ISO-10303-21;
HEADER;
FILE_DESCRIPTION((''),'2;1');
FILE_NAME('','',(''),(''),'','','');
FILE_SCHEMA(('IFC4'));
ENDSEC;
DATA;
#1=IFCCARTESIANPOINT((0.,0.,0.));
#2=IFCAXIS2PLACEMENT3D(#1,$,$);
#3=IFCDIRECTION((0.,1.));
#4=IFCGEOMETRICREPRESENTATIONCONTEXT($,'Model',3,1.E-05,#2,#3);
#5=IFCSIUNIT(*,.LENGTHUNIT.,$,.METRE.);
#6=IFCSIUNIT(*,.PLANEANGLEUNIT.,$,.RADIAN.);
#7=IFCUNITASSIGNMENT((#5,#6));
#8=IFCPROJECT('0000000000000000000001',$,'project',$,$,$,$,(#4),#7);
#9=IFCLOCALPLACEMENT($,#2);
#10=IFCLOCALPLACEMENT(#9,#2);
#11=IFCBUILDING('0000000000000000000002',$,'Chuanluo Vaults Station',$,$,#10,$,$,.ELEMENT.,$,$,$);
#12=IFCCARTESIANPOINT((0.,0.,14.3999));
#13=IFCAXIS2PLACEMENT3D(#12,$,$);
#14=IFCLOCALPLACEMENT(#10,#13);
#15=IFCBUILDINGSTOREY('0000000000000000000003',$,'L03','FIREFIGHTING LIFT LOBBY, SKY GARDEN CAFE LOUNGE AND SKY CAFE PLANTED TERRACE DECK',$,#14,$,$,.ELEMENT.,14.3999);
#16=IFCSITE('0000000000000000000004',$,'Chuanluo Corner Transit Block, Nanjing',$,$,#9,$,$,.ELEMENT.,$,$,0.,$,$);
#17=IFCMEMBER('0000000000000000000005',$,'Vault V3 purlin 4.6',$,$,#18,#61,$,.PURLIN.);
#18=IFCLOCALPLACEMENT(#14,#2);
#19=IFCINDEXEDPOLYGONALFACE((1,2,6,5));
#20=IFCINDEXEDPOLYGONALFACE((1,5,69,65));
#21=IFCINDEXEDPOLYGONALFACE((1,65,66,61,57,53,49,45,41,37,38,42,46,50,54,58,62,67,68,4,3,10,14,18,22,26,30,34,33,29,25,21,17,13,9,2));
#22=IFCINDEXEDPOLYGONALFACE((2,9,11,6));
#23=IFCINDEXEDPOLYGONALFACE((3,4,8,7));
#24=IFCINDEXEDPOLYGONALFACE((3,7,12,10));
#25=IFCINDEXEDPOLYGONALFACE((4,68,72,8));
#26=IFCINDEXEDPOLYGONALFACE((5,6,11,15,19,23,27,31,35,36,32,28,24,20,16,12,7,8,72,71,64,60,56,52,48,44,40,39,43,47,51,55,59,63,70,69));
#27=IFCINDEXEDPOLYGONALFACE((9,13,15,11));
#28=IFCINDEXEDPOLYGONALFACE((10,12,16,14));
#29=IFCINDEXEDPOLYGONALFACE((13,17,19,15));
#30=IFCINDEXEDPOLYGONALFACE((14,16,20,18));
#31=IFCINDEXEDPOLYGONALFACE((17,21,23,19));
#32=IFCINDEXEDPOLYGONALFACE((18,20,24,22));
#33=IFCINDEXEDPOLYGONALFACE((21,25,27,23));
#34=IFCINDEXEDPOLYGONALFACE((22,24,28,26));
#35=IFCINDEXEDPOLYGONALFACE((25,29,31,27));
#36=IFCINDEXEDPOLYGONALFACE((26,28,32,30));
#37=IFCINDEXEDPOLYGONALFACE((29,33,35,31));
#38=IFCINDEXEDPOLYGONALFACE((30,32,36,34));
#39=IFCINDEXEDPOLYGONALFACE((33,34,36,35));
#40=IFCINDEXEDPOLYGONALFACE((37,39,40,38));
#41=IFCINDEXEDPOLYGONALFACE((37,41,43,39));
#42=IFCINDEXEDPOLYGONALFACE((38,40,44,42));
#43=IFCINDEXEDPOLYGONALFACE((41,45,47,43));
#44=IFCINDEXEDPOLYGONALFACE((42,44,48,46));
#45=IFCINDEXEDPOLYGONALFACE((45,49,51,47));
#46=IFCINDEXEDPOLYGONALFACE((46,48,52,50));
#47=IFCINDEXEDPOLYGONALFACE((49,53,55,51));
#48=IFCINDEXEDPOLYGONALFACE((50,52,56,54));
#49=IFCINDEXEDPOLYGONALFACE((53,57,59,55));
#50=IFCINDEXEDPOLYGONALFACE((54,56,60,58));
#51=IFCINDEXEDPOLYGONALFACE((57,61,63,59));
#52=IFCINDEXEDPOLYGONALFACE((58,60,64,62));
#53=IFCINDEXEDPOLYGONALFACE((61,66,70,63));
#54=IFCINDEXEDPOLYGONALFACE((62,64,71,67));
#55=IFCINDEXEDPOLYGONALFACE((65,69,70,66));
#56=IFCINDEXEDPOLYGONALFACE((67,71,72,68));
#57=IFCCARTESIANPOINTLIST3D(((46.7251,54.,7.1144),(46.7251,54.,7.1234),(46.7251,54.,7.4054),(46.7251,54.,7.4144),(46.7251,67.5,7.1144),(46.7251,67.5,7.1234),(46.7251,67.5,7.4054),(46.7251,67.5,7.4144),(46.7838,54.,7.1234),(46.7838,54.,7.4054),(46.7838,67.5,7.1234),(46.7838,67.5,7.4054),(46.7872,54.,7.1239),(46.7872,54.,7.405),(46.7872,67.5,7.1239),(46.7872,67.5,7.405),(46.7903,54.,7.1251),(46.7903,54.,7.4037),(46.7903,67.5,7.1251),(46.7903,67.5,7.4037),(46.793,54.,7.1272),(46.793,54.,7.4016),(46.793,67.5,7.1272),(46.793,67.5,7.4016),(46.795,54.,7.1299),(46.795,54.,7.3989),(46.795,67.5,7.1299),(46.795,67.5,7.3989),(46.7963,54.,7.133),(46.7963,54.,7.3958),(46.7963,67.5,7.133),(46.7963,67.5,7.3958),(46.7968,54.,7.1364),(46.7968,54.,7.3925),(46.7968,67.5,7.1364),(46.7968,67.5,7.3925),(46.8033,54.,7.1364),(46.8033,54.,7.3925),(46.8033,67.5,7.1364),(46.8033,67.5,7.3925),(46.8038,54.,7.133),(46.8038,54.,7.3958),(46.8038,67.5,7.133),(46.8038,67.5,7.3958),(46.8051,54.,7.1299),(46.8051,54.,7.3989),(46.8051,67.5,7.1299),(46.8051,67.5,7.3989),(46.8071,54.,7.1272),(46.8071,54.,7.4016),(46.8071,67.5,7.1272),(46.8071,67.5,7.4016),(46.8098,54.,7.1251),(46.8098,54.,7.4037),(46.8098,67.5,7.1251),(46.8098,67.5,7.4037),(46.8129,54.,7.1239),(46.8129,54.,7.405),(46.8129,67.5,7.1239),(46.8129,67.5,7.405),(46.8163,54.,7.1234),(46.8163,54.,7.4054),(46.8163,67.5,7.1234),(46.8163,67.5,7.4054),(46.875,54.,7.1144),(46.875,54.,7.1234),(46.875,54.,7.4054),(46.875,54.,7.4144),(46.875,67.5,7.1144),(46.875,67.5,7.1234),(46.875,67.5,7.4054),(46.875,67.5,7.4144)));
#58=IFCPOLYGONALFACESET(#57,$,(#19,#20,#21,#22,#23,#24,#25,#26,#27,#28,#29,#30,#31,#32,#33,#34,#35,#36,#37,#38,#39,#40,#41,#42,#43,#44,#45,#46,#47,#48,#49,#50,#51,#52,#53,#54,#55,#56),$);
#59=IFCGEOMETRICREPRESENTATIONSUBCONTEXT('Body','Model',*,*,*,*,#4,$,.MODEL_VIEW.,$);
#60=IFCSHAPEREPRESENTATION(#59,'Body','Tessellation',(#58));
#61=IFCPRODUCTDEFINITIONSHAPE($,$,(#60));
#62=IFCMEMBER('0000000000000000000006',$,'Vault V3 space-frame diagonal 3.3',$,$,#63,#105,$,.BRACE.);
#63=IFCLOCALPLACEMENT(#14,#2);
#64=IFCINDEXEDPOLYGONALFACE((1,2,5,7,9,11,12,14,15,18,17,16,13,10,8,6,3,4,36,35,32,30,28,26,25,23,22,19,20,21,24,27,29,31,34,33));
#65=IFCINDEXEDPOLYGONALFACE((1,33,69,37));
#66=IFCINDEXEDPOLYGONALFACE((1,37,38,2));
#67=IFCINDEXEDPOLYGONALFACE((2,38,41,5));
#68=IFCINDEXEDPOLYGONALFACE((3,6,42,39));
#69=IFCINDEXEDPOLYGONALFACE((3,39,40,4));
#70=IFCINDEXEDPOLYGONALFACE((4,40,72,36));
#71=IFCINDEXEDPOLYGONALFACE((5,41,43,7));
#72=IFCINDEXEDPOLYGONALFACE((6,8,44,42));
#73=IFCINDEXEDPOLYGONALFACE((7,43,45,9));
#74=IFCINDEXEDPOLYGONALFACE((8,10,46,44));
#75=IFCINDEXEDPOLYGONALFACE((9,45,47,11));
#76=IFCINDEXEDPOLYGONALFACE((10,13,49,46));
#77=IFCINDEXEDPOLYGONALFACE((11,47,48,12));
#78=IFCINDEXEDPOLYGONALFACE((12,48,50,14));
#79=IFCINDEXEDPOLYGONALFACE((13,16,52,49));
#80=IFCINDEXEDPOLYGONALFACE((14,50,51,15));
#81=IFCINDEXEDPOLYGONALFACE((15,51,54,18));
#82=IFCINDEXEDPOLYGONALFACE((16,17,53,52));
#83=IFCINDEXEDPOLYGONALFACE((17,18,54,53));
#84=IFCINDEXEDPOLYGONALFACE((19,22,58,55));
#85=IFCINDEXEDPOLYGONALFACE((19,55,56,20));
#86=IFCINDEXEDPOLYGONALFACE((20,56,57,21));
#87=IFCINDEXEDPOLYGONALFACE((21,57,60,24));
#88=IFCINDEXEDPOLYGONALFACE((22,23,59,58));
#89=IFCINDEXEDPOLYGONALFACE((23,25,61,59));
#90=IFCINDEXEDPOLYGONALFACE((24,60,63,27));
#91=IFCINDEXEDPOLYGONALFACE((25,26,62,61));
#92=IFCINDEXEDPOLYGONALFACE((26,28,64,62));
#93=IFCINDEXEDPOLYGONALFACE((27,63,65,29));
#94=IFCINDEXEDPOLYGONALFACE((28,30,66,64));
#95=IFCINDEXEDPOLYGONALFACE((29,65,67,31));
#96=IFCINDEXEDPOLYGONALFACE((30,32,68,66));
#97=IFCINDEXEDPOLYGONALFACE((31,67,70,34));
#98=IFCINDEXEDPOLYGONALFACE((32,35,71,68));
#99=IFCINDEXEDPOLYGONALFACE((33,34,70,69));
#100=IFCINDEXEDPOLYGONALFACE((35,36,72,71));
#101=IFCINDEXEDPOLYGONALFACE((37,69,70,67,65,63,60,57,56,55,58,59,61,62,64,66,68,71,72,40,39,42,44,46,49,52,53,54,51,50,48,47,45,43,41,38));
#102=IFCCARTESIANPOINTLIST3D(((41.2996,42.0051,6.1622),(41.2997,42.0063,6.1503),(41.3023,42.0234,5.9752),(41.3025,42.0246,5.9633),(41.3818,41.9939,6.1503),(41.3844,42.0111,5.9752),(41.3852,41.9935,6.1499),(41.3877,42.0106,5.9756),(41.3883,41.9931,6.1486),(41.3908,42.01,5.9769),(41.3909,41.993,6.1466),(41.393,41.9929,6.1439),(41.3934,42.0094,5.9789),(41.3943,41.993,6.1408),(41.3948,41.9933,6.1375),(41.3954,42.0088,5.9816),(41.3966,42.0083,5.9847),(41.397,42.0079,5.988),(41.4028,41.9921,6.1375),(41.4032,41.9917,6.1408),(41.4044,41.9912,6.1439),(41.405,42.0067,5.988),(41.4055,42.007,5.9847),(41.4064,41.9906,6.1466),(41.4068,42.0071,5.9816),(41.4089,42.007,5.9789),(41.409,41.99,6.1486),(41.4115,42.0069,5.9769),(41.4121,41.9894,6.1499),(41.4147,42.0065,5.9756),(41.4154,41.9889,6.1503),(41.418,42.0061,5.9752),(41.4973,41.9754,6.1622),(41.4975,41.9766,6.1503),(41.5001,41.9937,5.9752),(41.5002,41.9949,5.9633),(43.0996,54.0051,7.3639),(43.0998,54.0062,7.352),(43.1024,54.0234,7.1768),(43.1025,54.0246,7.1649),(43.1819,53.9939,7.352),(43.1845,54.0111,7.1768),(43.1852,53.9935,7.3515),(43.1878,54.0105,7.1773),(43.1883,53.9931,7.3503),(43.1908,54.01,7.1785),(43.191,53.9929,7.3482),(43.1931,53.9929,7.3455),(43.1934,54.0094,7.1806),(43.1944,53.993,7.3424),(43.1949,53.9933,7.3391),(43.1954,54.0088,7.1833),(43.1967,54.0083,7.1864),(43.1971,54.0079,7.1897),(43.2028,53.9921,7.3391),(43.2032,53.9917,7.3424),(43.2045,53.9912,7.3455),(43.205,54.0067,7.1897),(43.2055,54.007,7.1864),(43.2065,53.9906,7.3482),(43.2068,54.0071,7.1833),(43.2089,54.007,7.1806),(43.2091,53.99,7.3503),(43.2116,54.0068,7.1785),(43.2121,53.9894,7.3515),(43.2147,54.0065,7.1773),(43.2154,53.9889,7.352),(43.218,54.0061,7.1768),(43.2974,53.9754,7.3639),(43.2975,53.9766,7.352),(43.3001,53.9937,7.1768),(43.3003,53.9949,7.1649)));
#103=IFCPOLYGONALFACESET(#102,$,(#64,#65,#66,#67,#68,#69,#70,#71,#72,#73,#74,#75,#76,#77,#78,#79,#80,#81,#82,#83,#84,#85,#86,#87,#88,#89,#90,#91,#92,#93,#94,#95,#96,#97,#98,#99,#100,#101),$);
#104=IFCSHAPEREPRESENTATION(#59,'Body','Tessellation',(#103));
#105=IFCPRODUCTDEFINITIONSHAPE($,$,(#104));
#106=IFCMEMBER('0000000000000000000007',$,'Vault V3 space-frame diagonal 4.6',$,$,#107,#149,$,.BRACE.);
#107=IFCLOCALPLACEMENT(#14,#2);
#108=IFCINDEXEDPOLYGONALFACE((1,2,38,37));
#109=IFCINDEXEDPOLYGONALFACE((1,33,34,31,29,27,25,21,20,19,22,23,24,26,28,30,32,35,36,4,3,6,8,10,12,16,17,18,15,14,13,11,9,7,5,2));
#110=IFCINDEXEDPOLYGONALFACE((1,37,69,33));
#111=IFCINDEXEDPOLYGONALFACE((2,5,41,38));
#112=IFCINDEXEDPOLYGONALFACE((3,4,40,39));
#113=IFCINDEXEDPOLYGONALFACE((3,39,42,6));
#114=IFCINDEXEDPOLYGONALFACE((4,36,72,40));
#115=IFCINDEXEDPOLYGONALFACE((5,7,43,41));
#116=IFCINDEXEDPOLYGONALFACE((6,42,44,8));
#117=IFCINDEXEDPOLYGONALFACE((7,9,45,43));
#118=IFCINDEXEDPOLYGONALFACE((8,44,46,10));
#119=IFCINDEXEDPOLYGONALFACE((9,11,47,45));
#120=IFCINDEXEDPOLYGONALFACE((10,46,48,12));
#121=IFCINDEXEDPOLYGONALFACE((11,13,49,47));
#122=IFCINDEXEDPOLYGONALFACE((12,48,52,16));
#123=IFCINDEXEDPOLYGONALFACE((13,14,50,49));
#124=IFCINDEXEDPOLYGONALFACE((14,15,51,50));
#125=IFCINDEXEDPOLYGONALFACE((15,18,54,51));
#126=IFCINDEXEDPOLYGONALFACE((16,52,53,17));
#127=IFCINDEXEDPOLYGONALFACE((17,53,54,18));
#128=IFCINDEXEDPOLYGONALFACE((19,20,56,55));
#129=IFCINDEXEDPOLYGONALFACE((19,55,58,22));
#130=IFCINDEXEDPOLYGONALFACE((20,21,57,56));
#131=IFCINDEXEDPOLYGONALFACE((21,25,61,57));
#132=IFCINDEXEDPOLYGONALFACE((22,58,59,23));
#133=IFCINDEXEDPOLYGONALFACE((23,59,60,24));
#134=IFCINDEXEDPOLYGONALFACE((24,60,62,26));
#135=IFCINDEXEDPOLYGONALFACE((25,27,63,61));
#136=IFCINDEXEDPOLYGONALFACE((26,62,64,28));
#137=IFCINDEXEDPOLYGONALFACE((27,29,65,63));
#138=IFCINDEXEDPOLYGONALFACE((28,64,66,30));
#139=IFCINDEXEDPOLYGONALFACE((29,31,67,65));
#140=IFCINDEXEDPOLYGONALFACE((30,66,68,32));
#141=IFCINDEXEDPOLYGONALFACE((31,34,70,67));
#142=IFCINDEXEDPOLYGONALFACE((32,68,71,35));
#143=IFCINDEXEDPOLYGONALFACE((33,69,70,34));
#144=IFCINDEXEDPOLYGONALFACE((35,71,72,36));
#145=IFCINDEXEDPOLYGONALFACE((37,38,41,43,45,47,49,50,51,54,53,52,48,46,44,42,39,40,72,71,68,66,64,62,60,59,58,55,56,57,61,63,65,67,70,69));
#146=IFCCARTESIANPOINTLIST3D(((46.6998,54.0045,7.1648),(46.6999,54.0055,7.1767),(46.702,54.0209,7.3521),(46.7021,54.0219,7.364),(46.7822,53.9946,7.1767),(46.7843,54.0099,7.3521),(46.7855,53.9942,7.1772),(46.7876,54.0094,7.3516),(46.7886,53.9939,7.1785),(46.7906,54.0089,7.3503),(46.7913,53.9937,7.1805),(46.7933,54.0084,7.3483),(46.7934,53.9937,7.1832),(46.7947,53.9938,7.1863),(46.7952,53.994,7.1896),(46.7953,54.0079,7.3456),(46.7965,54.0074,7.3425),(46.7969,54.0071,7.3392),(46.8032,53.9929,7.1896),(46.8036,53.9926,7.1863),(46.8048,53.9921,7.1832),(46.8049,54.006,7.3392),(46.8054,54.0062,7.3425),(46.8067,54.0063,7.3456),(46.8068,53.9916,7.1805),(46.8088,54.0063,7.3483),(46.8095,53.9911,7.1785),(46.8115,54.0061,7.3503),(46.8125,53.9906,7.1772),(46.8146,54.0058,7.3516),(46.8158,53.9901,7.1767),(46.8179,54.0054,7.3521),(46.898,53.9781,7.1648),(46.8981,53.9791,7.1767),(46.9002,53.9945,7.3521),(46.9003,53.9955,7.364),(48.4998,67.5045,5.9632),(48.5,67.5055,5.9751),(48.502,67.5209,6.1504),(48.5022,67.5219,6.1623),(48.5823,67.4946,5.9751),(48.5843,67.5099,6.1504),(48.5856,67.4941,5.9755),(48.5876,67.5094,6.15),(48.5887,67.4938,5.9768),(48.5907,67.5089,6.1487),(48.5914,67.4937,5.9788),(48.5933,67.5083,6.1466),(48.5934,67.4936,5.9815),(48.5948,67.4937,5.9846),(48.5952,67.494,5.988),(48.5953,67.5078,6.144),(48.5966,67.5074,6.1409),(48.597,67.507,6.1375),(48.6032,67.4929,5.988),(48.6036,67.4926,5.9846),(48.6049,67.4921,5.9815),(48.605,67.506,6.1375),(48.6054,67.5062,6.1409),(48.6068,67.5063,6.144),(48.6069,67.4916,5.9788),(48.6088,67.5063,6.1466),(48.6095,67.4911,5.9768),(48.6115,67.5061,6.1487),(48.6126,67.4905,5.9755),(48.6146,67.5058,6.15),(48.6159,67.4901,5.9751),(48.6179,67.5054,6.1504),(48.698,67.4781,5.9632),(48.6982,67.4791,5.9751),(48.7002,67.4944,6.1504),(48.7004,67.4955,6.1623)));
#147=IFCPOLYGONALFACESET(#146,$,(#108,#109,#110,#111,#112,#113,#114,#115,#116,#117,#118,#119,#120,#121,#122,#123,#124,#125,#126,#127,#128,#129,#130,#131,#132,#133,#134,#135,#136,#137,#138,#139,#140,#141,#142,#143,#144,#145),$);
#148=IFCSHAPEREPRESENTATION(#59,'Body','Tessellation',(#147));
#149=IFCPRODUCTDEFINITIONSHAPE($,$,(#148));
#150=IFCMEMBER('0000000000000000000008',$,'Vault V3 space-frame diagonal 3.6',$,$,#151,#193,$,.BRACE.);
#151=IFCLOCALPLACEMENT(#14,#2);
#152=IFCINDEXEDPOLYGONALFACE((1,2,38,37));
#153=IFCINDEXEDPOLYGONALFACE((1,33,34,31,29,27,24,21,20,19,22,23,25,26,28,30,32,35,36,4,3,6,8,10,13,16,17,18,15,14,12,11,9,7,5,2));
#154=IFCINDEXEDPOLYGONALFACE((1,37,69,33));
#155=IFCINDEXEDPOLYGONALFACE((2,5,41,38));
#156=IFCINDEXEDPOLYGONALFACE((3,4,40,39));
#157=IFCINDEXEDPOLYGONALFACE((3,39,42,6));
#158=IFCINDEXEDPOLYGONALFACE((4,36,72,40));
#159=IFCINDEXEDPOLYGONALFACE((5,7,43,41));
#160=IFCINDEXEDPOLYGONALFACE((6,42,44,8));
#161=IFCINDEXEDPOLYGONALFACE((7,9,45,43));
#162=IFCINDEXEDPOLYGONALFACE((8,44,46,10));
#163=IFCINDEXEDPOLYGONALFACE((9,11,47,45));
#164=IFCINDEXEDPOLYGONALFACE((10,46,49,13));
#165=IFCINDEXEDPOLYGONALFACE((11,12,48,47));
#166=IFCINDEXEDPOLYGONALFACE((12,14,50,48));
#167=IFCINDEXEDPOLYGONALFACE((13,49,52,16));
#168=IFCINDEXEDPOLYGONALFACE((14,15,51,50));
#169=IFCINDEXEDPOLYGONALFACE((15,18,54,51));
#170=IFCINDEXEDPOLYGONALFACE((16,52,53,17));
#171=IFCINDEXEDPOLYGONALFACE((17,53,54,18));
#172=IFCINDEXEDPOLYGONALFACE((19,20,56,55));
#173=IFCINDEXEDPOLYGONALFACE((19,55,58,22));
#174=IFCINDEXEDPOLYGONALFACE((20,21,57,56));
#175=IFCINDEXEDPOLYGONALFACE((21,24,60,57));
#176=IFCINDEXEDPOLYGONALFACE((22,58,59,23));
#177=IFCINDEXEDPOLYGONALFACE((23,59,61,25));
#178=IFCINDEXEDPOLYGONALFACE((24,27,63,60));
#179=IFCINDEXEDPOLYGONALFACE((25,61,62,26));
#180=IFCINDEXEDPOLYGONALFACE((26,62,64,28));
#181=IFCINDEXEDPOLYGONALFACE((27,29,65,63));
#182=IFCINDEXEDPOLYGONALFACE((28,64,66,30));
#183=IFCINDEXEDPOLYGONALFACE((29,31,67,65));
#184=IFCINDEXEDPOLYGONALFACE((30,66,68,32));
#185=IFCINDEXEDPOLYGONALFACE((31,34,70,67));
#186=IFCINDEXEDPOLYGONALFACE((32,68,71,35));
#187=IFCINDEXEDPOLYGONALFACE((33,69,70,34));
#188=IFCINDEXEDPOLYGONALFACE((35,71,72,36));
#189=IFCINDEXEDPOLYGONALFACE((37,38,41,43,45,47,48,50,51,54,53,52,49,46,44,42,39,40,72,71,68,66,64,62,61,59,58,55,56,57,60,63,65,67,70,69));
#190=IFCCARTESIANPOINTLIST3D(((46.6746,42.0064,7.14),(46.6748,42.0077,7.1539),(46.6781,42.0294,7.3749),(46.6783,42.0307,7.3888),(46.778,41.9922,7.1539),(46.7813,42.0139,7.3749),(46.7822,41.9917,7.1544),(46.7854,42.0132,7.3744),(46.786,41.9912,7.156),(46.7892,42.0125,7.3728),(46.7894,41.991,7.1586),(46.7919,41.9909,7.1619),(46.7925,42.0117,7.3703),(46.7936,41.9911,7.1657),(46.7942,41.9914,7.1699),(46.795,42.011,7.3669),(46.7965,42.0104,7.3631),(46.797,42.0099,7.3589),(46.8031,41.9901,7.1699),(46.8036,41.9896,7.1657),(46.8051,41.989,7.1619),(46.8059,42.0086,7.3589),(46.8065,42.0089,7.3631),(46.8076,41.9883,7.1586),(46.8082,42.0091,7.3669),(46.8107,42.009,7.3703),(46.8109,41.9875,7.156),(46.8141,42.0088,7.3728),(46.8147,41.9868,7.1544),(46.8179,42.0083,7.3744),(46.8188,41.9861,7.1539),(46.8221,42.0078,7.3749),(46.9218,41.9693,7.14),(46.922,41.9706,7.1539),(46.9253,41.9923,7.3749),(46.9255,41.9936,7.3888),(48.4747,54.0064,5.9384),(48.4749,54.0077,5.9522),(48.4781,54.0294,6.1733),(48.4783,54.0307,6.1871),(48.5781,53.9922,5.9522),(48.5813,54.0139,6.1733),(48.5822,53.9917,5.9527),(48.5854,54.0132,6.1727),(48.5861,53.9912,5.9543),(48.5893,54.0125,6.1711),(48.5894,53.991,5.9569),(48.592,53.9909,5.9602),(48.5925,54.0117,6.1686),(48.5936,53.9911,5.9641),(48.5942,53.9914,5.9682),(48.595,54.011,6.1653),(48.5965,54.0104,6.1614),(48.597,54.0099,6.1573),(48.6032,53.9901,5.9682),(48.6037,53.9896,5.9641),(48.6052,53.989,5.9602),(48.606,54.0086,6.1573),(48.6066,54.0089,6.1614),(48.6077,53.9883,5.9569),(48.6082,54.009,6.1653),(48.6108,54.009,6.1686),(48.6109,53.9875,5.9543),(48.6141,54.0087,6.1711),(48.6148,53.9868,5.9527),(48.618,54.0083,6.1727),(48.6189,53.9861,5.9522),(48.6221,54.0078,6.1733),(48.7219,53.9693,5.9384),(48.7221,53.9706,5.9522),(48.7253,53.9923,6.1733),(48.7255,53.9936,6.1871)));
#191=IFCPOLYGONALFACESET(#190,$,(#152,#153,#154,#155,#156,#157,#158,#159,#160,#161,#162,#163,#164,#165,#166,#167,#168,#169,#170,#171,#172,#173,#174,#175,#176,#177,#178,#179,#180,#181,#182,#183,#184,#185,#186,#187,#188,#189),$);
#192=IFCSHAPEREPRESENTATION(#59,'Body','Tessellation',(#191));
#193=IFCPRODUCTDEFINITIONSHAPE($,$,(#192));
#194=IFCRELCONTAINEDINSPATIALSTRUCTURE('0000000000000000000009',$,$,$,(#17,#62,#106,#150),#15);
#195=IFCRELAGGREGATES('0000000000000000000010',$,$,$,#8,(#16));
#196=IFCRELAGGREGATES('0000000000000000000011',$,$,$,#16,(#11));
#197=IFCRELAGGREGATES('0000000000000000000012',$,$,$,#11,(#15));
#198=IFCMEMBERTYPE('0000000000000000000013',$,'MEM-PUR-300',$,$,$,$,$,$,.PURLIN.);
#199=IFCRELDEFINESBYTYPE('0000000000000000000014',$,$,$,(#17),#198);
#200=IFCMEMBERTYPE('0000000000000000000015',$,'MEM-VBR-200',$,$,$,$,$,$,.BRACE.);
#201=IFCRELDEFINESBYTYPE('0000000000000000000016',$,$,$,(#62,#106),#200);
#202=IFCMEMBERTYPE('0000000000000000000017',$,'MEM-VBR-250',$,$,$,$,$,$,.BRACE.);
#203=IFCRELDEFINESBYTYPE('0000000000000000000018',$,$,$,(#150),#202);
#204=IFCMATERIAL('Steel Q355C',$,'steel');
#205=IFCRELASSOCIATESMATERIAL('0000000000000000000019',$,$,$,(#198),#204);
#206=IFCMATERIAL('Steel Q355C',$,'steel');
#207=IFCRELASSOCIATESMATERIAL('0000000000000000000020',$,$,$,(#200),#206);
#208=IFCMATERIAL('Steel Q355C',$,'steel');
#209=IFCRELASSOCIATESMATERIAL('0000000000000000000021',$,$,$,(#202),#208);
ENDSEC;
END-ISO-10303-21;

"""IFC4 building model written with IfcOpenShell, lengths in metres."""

from ifc_helpers import new_model, si_unit, direction, frame, origin, origin_2d, place, context, subcontext, project, spatial, i_section, extrude, material, material_profile, profile_set, type_object, element, save


model = new_model("IFC4")

# Units and contexts
model_context = context("Model", 3, precision=1e-05, world=origin(), true_north=direction((0.0, 1.0)))
body_context = subcontext(model_context, "Body", "Model", "MODEL_VIEW")
ifc_project = project(units=[si_unit("LENGTHUNIT", "METRE"), si_unit("PLANEANGLEUNIT", "RADIAN")], contexts=[model_context])

# Site, building, storey
site_placement = place(None, origin())
site = spatial("IfcSite", under=ifc_project, at=site_placement, Name="Chuanluo Corner Transit Block, Nanjing", CompositionType="ELEMENT", RefElevation=0.0)
building_placement = place(site_placement, origin())
building = spatial("IfcBuilding", under=site, at=building_placement, Name="Chuanluo Vaults Station", CompositionType="ELEMENT")
storey_placement = place(building_placement, frame((0.0, 0.0, 14.3999)))
storey = spatial("IfcBuildingStorey", under=building, at=storey_placement, Name="L03", Description="FIREFIGHTING LIFT LOBBY, SKY GARDEN CAFE LOUNGE AND SKY CAFE PLANTED TERRACE DECK", CompositionType="ELEMENT", Elevation=14.3999)

# Members
ifc_material_1 = material(Name="Steel Q355C", Category="steel")
ifc_material_profile_1 = material_profile(ifc_material_1, i_section(OverallWidth=0.1499, OverallDepth=0.3, WebThickness=0.0066, FlangeThickness=0.009, FilletRadius=0.0129, at=origin_2d()))
ifc_profile_set_1 = profile_set([ifc_material_profile_1], Name="Steel Q355C")
member_type_1 = type_object("IfcMemberType", Name="MEM-PUR-300", PredefinedType="PURLIN", material=ifc_profile_set_1)
for number, where, z_axis, x_axis, name in (
    (1, (46.8, 54.0, 7.2644), (0.0, 1.0, 0.0), (-1.0, 0.0, 0.0), "Vault V3 purlin 4.6"),
):
    element("IfcMember", number, at=place(storey_placement, frame(where, z_axis=z_axis, x_axis=x_axis)), inside=storey, type_object=member_type_1, Name=name, PredefinedType="PURLIN", context=body_context, shape_type="SweptSolid", body=[
        extrude(i_section(OverallWidth=0.1499, OverallDepth=0.3, WebThickness=0.0066, FlangeThickness=0.009, FilletRadius=0.0129, at=origin_2d()), origin(), (0.0, 0.0, 1.0), 13.5),
    ])
ifc_material_2 = material(Name="Steel Q355C", Category="steel")
ifc_material_profile_2 = material_profile(ifc_material_2, i_section(OverallWidth=0.2, OverallDepth=0.2, WebThickness=0.0081, FlangeThickness=0.012, FilletRadius=0.0129, at=origin_2d()))
ifc_profile_set_2 = profile_set([ifc_material_profile_2], Name="Steel Q355C")
member_type_2 = type_object("IfcMemberType", Name="MEM-VBR-200", PredefinedType="BRACE", material=ifc_profile_set_2)
member_1_placement = place(storey_placement, frame((41.3999, 42.0, 6.0627), z_axis=(0.147622, 0.984122, 0.098548), x_axis=(-0.988936, 0.148344, 0.0)))
element("IfcMember", 2, at=member_1_placement, inside=storey, type_object=member_type_2, Name="Vault V3 space-frame diagonal 3.3", PredefinedType="BRACE", context=body_context, shape_type="SweptSolid", body=[
    extrude(i_section(OverallWidth=0.2, OverallDepth=0.2, WebThickness=0.0081, FlangeThickness=0.012, FilletRadius=0.0129, at=origin_2d()), origin(), (0.0, 0.0, 1.0), 12.1936),
])
member_2_placement = place(storey_placement, frame((46.8, 54.0, 7.2644), z_axis=(0.131656, 0.987392, -0.08789), x_axis=(-0.991227, 0.132167, 0.0)))
element("IfcMember", 3, at=member_2_placement, inside=storey, type_object=member_type_2, Name="Vault V3 space-frame diagonal 4.6", PredefinedType="BRACE", context=body_context, shape_type="SweptSolid", body=[
    extrude(i_section(OverallWidth=0.2, OverallDepth=0.2, WebThickness=0.0081, FlangeThickness=0.012, FilletRadius=0.0129, at=origin_2d()), origin(), (0.0, 0.0, 1.0), 13.6724),
])
ifc_material_3 = material(Name="Steel Q355C", Category="steel")
ifc_material_profile_3 = material_profile(ifc_material_3, i_section(OverallWidth=0.25, OverallDepth=0.25, WebThickness=0.009, FlangeThickness=0.0139, FilletRadius=0.0161, at=origin_2d()))
ifc_profile_set_3 = profile_set([ifc_material_profile_3], Name="Steel Q355C")
member_type_3 = type_object("IfcMemberType", Name="MEM-VBR-250", PredefinedType="BRACE", material=ifc_profile_set_3)
member_3_placement = place(storey_placement, frame((46.8, 42.0, 7.2644), z_axis=(0.147622, 0.984122, -0.098548), x_axis=(-0.988936, 0.148344, 0.0)))
element("IfcMember", 4, at=member_3_placement, inside=storey, type_object=member_type_3, Name="Vault V3 space-frame diagonal 3.6", PredefinedType="BRACE", context=body_context, shape_type="SweptSolid", body=[
    extrude(i_section(OverallWidth=0.25, OverallDepth=0.25, WebThickness=0.009, FlangeThickness=0.0139, FilletRadius=0.0161, at=origin_2d()), origin(), (0.0, 0.0, 1.0), 12.1936),
])

save(model, "model.ifc")
